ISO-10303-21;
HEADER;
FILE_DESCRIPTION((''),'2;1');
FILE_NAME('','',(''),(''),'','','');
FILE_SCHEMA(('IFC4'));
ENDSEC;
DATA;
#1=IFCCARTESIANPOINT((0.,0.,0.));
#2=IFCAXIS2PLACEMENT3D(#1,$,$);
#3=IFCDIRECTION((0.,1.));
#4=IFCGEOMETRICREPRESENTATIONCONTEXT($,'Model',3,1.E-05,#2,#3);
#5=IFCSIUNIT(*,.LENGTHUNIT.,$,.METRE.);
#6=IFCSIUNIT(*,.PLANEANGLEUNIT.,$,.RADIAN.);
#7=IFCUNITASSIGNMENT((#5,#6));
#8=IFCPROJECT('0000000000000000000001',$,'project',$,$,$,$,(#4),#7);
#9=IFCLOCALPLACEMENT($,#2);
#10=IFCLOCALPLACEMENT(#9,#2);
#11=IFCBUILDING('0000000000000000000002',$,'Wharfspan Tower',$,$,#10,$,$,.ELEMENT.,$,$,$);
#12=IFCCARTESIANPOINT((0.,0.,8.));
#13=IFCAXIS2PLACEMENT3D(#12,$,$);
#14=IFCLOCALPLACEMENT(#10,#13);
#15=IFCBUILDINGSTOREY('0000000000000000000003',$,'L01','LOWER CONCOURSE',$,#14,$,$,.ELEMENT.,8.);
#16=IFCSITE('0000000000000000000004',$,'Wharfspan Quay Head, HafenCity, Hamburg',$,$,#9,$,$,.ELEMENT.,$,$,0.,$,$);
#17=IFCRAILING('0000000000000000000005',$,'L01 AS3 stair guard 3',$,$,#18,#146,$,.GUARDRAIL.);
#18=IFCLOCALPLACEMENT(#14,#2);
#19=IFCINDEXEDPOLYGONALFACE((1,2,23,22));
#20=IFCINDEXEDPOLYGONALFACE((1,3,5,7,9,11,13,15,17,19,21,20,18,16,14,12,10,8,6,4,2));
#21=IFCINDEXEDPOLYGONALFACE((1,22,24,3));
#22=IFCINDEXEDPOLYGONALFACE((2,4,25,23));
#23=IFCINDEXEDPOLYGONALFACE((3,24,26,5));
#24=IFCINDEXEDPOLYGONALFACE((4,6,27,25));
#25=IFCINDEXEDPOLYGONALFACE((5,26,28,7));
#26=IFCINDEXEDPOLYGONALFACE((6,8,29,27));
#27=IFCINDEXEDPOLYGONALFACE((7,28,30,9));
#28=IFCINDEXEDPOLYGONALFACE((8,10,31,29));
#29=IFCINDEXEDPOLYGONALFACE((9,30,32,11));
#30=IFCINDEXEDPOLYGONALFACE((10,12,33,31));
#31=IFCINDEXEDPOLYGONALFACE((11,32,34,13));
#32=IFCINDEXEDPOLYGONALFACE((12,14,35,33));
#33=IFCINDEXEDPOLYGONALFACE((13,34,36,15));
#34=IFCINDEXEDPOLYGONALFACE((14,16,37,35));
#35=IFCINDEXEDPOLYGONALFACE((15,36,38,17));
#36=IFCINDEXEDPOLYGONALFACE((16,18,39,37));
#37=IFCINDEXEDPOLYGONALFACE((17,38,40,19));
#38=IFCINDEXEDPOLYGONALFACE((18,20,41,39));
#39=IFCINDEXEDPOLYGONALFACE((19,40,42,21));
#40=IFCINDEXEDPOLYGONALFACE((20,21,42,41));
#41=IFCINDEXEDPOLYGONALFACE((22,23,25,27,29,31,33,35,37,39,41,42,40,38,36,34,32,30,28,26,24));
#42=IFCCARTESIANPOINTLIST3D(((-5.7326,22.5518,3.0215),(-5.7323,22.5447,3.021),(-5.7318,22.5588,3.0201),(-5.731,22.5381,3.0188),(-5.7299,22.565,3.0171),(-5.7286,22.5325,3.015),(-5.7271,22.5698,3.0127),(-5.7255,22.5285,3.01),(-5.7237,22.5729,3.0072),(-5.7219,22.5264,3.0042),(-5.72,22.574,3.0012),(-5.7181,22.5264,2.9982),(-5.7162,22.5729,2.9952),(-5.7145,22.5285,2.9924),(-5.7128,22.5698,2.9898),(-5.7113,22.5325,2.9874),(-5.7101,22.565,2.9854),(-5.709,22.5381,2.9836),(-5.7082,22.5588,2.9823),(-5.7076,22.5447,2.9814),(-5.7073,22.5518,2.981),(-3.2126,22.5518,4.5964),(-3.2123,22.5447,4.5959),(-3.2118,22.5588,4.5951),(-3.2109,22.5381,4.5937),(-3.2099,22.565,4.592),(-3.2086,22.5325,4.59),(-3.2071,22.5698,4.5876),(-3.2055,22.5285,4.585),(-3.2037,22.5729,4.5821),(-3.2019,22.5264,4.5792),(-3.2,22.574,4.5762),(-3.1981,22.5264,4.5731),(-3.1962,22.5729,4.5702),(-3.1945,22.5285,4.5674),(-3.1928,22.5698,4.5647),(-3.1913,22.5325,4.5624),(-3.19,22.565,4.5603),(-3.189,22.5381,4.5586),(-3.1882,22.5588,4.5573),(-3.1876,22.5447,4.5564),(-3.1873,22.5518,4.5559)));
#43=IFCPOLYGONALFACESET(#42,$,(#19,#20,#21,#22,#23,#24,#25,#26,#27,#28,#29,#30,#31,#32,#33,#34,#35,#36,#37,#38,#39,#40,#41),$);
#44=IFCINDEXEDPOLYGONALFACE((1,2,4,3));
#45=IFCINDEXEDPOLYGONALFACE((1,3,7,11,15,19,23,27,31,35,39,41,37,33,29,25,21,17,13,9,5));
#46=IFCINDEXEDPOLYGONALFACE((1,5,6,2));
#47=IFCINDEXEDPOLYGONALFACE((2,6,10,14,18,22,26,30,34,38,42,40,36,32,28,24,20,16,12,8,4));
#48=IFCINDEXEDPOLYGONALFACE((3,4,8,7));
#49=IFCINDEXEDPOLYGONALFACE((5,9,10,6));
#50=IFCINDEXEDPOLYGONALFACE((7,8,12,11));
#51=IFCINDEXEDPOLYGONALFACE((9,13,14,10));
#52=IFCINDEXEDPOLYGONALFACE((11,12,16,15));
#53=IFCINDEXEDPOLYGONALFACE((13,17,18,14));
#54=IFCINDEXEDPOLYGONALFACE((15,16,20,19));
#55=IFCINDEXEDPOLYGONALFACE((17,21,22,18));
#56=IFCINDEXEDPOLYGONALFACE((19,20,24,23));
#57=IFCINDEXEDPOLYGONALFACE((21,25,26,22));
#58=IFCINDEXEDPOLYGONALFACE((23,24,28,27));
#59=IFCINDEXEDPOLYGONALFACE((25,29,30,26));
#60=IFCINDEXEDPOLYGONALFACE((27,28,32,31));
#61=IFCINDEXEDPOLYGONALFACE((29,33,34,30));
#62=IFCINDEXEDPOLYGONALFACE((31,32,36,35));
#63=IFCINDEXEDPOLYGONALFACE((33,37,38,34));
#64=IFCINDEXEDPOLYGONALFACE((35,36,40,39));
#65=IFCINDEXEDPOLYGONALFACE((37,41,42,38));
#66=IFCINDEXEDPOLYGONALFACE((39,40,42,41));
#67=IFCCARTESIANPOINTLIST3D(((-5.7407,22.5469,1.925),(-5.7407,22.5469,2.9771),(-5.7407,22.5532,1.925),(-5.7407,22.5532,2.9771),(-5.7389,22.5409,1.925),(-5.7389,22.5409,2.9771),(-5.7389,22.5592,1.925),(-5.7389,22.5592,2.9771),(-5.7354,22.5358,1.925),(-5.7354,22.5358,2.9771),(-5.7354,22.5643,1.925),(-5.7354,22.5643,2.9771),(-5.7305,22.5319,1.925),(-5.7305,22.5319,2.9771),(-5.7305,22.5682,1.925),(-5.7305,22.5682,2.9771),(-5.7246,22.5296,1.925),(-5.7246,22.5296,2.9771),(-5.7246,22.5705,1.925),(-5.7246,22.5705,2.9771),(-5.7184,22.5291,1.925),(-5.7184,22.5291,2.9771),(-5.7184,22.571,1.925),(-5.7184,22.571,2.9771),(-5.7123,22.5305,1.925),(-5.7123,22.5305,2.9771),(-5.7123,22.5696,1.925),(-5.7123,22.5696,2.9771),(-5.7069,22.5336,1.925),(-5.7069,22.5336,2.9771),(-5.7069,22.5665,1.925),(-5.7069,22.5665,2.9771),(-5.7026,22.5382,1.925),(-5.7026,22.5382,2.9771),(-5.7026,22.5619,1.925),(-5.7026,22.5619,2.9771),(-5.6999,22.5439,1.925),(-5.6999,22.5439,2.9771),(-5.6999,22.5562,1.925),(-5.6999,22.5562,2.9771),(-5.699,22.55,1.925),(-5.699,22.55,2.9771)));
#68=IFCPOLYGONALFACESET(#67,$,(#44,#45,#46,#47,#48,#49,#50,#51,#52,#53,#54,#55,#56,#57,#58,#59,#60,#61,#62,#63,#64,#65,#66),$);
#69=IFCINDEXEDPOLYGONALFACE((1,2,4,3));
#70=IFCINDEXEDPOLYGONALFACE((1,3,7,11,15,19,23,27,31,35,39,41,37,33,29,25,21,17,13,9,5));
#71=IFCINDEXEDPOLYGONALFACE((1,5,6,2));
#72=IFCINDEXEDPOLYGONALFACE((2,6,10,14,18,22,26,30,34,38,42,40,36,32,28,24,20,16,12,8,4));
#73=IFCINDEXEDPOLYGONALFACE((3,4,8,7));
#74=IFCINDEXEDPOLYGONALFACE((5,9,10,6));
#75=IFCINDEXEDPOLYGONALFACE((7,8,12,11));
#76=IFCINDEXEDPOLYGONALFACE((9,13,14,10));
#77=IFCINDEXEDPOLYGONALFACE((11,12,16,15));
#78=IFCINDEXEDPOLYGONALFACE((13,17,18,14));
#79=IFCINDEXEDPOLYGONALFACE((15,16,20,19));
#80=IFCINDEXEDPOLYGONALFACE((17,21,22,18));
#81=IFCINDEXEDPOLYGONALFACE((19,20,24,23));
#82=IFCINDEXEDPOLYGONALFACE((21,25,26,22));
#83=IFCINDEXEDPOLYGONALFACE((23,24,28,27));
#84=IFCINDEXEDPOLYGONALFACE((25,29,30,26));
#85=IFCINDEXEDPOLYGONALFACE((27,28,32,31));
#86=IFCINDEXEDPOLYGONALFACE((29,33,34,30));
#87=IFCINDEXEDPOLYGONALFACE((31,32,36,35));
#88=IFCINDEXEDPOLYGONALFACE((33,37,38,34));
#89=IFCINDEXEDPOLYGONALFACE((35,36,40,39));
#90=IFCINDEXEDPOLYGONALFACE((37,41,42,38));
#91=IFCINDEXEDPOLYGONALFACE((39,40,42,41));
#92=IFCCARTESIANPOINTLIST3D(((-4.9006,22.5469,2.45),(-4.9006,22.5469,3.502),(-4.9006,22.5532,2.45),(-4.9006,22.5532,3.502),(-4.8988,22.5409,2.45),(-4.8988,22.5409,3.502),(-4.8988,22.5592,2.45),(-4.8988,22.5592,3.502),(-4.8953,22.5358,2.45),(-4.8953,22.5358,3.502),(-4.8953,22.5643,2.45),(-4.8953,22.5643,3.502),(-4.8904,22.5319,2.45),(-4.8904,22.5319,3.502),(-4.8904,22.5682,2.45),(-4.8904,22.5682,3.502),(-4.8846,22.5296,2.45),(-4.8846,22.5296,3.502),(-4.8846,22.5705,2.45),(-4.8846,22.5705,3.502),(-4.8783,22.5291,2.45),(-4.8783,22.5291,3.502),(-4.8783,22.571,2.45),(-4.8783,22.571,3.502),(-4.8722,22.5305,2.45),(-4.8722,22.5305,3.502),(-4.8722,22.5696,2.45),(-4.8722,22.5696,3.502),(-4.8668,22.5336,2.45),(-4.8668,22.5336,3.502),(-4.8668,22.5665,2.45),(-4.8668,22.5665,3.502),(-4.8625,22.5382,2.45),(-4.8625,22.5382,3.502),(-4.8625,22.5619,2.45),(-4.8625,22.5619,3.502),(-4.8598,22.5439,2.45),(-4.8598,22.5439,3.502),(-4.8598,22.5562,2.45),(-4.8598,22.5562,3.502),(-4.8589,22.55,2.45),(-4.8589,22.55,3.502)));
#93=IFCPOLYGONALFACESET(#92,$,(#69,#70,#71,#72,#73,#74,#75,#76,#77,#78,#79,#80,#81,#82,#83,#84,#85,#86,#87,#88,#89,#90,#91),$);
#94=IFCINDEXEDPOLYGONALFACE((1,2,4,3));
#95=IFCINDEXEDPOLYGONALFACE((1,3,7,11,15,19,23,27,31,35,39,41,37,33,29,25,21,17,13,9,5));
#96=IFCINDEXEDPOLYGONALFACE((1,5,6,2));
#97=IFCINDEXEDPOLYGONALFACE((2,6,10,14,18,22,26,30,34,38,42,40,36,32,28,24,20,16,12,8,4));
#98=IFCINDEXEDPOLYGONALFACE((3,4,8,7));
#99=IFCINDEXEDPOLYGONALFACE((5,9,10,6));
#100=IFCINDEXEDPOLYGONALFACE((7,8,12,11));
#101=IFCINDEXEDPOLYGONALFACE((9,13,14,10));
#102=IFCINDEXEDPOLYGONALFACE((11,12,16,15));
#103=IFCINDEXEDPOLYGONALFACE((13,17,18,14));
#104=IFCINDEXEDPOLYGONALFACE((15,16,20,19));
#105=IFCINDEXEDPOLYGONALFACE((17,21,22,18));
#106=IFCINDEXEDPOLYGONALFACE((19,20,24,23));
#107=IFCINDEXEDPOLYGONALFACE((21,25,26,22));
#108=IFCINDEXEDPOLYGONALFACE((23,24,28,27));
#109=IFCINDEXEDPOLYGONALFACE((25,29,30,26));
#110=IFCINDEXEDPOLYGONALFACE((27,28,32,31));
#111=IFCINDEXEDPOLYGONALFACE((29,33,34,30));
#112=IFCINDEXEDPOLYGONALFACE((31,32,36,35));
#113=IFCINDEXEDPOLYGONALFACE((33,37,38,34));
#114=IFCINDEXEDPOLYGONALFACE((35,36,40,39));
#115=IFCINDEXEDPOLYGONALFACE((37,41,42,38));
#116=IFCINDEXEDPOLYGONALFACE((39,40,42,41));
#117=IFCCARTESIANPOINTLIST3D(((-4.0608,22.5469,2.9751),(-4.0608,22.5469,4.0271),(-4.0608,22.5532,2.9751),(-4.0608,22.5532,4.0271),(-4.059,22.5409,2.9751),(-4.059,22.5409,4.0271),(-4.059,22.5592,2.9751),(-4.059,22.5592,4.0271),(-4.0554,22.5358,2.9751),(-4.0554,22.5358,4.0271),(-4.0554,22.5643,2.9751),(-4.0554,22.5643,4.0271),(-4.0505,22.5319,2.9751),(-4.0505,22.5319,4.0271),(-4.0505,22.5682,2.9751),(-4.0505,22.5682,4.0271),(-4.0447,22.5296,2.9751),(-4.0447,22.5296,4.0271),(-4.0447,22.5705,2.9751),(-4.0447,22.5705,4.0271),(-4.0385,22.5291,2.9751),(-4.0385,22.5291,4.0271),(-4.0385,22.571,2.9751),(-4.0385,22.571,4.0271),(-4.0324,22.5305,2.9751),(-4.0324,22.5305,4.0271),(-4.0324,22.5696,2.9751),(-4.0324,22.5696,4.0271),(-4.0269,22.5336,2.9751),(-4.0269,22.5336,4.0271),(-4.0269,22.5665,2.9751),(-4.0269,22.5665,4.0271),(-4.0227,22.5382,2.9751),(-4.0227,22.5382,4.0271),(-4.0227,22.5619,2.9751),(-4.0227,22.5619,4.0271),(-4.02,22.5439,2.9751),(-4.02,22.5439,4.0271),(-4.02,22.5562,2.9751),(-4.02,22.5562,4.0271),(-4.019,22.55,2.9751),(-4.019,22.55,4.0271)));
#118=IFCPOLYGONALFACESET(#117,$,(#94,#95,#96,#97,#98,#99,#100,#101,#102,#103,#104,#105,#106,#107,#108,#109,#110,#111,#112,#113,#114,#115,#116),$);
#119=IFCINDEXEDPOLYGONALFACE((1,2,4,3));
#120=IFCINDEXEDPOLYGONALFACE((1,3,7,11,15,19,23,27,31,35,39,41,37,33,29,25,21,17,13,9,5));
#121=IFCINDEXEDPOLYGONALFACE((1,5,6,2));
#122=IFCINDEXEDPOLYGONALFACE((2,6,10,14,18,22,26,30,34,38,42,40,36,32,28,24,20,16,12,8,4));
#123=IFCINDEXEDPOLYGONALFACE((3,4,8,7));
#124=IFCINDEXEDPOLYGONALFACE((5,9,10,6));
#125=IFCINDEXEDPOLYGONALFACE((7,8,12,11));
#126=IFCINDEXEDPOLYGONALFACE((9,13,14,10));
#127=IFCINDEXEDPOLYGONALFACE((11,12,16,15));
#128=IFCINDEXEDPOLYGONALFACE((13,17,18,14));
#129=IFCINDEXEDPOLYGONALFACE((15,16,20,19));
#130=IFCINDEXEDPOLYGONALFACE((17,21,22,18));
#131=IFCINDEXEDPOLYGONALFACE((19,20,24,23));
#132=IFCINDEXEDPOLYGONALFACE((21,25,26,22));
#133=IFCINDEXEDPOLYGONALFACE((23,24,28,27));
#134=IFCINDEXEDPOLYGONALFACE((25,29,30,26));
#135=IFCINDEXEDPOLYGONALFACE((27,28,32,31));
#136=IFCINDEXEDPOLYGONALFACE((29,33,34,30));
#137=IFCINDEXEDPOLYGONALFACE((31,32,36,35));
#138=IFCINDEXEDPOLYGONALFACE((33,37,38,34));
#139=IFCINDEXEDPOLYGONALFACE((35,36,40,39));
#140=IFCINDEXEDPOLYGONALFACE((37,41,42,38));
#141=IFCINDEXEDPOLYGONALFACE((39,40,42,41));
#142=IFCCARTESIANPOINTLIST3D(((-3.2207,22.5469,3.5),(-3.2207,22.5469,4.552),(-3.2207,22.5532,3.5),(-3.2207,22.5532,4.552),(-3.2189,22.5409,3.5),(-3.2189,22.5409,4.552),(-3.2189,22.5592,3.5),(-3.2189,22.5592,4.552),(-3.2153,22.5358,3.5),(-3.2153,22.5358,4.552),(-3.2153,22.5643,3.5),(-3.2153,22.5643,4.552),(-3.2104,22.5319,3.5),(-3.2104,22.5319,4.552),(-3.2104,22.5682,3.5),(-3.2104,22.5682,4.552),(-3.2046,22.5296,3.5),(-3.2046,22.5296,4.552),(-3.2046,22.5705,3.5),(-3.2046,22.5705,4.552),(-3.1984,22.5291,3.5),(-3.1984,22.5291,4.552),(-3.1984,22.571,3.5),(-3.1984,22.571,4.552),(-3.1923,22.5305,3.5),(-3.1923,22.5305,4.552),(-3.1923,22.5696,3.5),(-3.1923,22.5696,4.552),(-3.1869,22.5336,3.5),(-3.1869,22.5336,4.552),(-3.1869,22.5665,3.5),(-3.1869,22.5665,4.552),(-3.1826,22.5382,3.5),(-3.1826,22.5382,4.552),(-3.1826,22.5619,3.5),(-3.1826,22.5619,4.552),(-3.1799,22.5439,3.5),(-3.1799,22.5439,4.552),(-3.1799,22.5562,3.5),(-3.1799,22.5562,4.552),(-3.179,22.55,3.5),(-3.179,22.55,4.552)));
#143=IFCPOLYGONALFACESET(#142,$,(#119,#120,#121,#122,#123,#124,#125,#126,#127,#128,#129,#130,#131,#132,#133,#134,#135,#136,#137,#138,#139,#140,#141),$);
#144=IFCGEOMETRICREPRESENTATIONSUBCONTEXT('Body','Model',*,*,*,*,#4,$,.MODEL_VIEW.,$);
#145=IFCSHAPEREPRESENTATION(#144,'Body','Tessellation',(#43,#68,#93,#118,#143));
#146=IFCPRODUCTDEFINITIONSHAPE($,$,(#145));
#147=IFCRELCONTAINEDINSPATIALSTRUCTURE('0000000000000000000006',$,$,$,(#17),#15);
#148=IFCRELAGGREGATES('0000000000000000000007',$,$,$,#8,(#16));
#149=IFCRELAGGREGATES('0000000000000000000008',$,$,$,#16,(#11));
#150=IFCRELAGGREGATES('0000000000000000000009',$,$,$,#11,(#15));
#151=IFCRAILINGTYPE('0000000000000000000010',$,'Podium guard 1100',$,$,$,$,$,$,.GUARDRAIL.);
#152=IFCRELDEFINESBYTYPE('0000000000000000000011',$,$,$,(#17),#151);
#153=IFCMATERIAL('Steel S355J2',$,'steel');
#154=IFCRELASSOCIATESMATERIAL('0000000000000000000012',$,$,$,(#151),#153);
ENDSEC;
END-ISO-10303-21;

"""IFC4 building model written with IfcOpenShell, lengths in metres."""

from ifc_helpers import new_model, si_unit, direction, frame, origin, origin_2d, place, context, subcontext, project, spatial, circle, extrude, material, type_object, element, save


model = new_model("IFC4")

# Units and contexts
model_context = context("Model", 3, precision=1e-05, world=origin(), true_north=direction((0.0, 1.0)))
body_context = subcontext(model_context, "Body", "Model", "MODEL_VIEW")
ifc_project = project(units=[si_unit("LENGTHUNIT", "METRE"), si_unit("PLANEANGLEUNIT", "RADIAN")], contexts=[model_context])

# Site, building, storey
site_placement = place(None, origin())
site = spatial("IfcSite", under=ifc_project, at=site_placement, Name="Wharfspan Quay Head, HafenCity, Hamburg", CompositionType="ELEMENT", RefElevation=0.0)
building_placement = place(site_placement, origin())
building = spatial("IfcBuilding", under=site, at=building_placement, Name="Wharfspan Tower", CompositionType="ELEMENT")
storey_placement = place(building_placement, frame((0.0, 0.0, 8.0)))
storey = spatial("IfcBuildingStorey", under=building, at=storey_placement, Name="L01", Description="LOWER CONCOURSE", CompositionType="ELEMENT", Elevation=8.0)

# Railing
ifc_material_1 = material(Name="Steel S355J2", Category="steel")
railing_type_1 = type_object("IfcRailingType", Name="Podium guard 1100", PredefinedType="GUARDRAIL", material=ifc_material_1)
railing_1_placement = place(storey_placement, frame((-5.72, 22.55, 1.925)))
element("IfcRailing", 1, at=railing_1_placement, inside=storey, type_object=railing_type_1, Name="L01 AS3 stair guard 3", PredefinedType="GUARDRAIL", context=body_context, shape_type="SweptSolid", body=[
    extrude(circle(Radius=0.0239, at=origin_2d()), frame((0.0, 0.0, 1.0762), z_axis=(0.848008, 0.0, 0.529984), x_axis=(0.0, 1.0, 0.0)), (0.0, 0.0, 1.0), 2.9717),
    extrude(circle(Radius=0.021, at=origin_2d()), origin(), (0.0, 0.0, 1.0), 1.052),
    extrude(circle(Radius=0.021, at=origin_2d()), frame((0.8401, 0.0, 0.5249)), (0.0, 0.0, 1.0), 1.052),
    extrude(circle(Radius=0.021, at=origin_2d()), frame((1.6799, 0.0, 1.05)), (0.0, 0.0, 1.0), 1.052),
    extrude(circle(Radius=0.021, at=origin_2d()), frame((2.52, 0.0, 1.575)), (0.0, 0.0, 1.0), 1.052),
])

save(model, "model.ifc")
